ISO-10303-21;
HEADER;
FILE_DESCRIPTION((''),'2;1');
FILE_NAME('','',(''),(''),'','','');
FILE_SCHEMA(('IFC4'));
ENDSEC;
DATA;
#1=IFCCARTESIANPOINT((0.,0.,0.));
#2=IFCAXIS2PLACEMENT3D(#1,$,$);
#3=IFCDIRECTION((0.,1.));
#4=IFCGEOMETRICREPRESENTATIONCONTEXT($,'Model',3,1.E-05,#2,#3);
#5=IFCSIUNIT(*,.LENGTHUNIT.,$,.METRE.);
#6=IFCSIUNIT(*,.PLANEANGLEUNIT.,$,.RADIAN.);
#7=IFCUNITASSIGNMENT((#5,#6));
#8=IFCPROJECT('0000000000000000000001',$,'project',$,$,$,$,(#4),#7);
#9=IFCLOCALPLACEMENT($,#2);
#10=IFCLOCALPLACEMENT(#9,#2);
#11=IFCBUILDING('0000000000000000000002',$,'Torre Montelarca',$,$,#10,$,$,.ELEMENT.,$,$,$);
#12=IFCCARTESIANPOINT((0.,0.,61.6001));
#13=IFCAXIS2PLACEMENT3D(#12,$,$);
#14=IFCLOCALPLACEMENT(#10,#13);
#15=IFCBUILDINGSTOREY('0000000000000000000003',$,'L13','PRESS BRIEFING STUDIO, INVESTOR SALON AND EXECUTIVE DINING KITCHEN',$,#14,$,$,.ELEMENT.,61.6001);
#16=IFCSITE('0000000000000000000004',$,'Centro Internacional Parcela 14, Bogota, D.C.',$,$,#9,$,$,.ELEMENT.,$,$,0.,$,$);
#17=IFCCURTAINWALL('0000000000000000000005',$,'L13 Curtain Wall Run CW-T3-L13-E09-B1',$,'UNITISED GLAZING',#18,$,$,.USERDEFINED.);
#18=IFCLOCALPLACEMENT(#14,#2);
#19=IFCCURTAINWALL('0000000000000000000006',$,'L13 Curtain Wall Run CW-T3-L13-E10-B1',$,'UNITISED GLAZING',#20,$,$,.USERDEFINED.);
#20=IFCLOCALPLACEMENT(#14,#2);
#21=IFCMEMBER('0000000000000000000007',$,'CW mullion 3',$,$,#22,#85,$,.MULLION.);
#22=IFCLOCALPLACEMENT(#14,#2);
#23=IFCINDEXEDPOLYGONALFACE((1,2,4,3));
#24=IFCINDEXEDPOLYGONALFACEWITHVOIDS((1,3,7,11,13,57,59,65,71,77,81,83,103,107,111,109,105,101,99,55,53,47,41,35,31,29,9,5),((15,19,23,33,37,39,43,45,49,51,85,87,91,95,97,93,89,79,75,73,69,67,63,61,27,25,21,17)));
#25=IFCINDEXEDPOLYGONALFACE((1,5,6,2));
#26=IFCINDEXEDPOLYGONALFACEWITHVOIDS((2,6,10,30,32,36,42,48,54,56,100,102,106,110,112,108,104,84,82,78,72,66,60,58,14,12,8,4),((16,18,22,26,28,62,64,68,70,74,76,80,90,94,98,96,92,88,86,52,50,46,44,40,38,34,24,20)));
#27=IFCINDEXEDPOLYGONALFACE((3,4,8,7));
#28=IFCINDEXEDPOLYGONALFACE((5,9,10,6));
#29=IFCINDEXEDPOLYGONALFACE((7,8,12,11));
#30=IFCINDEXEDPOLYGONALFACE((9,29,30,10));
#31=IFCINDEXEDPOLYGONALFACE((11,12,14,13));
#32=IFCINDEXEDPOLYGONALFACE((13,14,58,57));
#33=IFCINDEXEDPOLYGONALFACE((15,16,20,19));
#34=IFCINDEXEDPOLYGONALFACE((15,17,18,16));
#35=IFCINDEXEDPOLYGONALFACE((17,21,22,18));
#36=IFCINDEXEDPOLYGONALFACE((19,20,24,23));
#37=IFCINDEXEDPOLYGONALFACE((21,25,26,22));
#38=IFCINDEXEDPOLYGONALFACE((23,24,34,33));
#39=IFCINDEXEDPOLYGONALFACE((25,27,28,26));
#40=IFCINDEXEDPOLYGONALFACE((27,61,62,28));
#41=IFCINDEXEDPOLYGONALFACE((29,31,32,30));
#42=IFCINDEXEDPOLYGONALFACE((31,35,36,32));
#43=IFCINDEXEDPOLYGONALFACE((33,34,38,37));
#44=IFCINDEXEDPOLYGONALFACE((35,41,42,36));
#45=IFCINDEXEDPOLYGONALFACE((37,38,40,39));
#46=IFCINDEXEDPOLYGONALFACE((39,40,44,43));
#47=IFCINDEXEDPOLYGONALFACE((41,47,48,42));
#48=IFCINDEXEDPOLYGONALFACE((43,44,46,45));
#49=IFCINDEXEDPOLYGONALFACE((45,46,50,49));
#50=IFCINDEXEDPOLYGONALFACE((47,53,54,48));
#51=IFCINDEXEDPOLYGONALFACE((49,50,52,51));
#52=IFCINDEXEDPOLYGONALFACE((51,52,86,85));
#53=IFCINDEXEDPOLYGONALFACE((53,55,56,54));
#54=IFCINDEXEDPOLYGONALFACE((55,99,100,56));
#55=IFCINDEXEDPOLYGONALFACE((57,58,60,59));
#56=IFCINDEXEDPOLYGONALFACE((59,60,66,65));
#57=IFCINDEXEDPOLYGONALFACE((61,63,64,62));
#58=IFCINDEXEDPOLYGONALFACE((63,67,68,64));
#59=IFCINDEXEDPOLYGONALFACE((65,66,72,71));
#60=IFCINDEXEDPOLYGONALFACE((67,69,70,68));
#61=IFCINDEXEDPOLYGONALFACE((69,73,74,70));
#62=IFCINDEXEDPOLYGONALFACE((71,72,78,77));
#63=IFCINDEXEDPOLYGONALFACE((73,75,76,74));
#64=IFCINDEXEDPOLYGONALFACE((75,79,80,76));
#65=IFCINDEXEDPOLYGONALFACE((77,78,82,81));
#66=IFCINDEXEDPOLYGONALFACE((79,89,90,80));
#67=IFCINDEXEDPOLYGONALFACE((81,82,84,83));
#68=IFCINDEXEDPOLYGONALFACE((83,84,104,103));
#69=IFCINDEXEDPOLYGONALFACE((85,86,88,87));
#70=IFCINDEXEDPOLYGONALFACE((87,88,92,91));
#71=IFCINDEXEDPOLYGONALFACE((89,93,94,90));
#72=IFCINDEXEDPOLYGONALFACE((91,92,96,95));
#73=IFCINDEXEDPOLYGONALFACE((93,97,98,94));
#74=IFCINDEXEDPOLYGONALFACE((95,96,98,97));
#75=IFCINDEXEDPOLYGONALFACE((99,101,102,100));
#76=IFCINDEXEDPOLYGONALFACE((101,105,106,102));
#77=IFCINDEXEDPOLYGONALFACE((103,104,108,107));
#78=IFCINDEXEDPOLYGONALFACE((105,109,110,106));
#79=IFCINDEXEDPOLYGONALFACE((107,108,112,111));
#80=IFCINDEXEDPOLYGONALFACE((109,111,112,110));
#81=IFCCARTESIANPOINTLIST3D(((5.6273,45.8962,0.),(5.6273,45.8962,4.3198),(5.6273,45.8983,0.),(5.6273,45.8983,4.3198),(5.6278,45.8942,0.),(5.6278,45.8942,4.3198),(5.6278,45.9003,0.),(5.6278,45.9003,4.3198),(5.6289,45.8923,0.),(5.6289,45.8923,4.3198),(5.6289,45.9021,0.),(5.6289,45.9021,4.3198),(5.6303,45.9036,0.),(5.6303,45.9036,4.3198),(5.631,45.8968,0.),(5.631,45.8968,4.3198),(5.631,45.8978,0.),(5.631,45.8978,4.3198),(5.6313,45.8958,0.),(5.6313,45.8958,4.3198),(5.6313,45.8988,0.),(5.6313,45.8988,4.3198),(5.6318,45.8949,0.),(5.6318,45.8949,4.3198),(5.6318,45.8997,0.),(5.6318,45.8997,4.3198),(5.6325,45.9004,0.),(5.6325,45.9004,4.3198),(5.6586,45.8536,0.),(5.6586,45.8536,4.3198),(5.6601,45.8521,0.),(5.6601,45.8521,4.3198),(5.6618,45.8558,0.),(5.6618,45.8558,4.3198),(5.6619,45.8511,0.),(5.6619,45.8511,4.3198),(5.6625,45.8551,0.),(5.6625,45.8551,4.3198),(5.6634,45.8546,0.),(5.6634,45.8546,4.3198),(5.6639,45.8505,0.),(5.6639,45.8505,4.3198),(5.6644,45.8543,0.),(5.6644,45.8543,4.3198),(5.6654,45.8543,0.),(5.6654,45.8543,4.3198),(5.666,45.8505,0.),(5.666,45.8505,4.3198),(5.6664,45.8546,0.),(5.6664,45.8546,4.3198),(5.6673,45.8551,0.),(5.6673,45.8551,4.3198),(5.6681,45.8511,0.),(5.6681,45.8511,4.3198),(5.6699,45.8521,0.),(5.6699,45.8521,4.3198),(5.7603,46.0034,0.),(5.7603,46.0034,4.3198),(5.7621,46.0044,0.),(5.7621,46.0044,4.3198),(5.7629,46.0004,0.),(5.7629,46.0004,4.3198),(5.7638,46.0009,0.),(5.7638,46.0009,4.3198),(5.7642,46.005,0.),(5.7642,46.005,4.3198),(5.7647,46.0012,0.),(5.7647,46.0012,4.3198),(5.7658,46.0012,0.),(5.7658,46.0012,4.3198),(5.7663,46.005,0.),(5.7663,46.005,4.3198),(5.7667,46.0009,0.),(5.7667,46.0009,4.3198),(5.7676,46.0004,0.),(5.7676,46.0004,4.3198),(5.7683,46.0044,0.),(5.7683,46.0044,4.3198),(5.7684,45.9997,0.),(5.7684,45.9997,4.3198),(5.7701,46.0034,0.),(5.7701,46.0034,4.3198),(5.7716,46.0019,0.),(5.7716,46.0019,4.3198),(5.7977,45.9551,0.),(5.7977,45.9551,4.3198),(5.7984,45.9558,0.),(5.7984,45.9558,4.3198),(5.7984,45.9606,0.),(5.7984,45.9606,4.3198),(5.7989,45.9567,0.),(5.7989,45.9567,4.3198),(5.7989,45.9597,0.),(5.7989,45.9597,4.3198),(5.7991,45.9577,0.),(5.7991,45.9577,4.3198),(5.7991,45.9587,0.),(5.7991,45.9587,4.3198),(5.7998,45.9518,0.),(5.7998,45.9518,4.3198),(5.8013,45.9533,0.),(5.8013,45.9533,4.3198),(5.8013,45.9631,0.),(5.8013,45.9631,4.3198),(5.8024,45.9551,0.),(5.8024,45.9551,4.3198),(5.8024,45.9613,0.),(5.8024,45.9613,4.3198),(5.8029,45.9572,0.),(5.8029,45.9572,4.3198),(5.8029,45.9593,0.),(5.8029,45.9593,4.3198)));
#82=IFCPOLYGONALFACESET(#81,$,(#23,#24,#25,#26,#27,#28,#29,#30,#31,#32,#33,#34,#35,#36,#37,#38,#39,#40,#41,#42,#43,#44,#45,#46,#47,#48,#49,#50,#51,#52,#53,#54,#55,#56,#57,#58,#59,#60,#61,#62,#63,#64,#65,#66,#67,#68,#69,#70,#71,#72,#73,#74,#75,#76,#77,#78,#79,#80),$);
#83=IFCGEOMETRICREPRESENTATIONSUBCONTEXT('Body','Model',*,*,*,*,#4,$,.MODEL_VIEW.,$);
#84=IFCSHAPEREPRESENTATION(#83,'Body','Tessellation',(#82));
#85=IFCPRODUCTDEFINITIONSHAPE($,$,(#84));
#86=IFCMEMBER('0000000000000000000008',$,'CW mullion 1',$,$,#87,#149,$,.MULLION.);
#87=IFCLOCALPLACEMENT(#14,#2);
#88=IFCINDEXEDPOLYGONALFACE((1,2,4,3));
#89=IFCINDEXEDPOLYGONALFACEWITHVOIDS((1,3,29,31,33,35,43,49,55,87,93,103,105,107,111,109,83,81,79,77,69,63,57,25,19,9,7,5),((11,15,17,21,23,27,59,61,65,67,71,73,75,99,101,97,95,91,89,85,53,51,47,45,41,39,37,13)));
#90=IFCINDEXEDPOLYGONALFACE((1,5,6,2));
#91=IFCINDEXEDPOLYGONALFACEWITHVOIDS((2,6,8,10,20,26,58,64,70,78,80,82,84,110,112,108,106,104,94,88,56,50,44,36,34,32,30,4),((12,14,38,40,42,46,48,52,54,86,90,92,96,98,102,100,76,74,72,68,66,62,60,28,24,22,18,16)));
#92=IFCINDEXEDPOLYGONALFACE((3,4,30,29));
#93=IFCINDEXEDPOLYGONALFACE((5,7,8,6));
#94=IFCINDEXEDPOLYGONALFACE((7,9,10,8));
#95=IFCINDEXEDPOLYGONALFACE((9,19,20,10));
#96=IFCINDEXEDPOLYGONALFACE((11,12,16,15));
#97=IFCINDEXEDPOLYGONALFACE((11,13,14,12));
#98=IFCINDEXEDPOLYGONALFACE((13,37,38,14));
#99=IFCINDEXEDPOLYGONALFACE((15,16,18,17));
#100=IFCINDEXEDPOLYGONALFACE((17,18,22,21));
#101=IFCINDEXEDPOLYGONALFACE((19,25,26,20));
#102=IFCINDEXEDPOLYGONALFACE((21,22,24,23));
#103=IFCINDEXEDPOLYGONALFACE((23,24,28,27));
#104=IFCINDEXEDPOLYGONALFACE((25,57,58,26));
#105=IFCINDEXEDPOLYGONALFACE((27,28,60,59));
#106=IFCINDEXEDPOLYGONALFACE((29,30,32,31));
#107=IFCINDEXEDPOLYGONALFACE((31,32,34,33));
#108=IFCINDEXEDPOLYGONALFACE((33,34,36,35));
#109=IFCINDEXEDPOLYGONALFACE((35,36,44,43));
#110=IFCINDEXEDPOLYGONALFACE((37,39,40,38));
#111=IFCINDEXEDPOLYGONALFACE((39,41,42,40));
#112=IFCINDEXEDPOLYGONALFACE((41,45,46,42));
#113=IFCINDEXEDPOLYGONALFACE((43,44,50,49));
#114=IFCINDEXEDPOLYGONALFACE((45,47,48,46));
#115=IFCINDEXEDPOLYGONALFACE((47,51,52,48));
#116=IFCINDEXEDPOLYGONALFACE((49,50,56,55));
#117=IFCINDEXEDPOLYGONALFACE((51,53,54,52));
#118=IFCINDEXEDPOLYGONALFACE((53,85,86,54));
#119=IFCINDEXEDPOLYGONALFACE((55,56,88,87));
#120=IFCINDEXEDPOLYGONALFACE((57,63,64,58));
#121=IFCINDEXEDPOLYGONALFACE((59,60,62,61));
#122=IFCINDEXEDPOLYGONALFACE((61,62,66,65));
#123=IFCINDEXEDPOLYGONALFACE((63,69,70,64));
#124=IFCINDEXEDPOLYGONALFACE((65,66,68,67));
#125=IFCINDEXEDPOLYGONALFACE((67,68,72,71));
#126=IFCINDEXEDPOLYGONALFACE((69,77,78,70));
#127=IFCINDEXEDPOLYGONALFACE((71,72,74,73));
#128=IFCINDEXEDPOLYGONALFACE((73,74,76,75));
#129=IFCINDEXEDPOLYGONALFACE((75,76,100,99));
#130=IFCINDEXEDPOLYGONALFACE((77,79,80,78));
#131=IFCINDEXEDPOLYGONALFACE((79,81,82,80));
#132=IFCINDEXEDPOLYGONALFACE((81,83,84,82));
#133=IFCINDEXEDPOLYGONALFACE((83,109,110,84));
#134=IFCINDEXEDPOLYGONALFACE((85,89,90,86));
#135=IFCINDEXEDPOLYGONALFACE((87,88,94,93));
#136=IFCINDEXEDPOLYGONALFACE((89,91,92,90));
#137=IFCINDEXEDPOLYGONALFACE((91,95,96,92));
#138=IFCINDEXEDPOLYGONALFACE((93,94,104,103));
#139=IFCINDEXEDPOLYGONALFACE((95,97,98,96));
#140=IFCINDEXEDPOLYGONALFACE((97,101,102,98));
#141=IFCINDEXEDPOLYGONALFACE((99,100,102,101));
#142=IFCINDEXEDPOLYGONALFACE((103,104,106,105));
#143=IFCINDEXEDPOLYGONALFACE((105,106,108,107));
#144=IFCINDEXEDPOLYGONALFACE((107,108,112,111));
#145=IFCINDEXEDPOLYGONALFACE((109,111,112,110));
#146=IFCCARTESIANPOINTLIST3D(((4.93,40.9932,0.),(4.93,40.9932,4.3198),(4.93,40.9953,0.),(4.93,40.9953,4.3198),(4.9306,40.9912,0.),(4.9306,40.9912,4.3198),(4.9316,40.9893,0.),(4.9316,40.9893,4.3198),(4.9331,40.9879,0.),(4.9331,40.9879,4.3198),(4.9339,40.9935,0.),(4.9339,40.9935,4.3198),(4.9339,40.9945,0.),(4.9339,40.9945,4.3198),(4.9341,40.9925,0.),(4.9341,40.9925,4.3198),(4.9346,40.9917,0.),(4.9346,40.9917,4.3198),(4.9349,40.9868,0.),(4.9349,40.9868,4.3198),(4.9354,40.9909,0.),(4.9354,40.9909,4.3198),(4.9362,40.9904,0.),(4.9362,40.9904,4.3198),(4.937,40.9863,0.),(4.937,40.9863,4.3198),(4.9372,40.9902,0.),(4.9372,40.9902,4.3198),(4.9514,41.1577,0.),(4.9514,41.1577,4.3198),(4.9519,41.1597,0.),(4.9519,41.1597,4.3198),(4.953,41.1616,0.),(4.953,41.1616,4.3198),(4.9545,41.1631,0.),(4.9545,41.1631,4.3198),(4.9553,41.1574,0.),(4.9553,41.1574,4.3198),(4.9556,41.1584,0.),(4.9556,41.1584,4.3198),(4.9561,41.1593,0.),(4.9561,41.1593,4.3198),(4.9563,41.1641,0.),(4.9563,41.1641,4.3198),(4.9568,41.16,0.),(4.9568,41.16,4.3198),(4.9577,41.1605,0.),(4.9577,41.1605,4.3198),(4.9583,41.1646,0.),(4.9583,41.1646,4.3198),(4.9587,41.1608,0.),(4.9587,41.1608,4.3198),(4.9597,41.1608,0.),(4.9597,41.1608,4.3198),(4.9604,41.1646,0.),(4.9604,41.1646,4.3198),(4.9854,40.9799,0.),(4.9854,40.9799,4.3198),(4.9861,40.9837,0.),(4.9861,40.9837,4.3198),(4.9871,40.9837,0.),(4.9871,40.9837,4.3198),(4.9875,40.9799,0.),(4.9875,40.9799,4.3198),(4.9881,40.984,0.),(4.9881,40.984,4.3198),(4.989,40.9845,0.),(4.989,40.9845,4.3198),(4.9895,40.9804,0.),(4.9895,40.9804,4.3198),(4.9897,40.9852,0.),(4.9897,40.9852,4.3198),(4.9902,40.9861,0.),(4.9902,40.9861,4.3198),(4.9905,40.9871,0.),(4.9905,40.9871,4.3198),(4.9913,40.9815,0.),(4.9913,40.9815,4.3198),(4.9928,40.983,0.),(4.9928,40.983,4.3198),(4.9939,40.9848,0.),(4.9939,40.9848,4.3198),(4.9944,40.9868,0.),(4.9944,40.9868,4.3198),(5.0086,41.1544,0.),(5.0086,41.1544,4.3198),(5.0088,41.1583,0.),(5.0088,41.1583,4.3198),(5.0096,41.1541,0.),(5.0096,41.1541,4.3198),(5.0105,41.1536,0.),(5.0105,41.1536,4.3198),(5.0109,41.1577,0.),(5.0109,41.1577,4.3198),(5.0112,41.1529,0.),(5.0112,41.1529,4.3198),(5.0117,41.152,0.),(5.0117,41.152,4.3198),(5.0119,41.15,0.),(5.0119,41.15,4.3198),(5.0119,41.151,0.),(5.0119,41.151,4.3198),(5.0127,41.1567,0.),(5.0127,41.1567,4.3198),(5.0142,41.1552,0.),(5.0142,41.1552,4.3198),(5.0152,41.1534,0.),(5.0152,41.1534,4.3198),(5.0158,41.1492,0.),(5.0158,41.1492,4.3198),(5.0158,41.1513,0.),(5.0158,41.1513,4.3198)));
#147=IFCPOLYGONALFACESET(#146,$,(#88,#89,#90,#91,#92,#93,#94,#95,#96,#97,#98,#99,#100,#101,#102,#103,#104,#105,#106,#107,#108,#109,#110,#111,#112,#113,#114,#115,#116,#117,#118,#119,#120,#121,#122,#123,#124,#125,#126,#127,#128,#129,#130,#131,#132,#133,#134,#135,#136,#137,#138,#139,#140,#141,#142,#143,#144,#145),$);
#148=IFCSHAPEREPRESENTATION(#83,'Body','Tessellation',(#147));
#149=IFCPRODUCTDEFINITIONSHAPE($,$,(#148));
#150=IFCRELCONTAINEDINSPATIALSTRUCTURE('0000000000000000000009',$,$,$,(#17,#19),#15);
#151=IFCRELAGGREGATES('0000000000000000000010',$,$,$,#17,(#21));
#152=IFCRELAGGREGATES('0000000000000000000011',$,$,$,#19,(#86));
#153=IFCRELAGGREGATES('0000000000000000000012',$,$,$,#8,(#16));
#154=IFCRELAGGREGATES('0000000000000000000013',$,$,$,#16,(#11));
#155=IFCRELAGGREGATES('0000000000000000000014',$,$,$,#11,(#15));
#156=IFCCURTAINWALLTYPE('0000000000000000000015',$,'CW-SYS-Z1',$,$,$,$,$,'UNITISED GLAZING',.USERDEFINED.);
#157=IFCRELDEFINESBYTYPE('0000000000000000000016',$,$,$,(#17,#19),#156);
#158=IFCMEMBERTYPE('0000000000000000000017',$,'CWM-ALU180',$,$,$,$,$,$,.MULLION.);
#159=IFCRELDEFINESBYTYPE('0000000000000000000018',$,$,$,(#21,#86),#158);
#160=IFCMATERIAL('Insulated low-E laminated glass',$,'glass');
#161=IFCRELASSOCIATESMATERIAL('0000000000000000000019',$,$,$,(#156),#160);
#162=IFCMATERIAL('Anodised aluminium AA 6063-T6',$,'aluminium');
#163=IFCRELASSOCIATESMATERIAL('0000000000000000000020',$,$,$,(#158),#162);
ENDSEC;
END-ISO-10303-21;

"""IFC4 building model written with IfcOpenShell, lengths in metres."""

from ifc_helpers import new_model, si_unit, direction, frame, origin, origin_2d, place, context, subcontext, project, spatial, hollow_rectangle, extrude, source, transform, mapped, material, material_profile, profile_set, type_object, element, aggregate, save


model = new_model("IFC4")

# Units and contexts
model_context = context("Model", 3, precision=1e-05, world=origin(), true_north=direction((0.0, 1.0)))
body_context = subcontext(model_context, "Body", "Model", "MODEL_VIEW")
ifc_project = project(units=[si_unit("LENGTHUNIT", "METRE"), si_unit("PLANEANGLEUNIT", "RADIAN")], contexts=[model_context])

# Site, building, storey
site_placement = place(None, origin())
site = spatial("IfcSite", under=ifc_project, at=site_placement, Name="Centro Internacional Parcela 14, Bogota, D.C.", CompositionType="ELEMENT", RefElevation=0.0)
building_placement = place(site_placement, origin())
building = spatial("IfcBuilding", under=site, at=building_placement, Name="Torre Montelarca", CompositionType="ELEMENT")
storey_placement = place(building_placement, frame((0.0, 0.0, 61.6001)))
storey = spatial("IfcBuildingStorey", under=building, at=storey_placement, Name="L13", Description="PRESS BRIEFING STUDIO, INVESTOR SALON AND EXECUTIVE DINING KITCHEN", CompositionType="ELEMENT", Elevation=61.6001)

# Curtain walls
ifc_material_1 = material(Name="Insulated low-E laminated glass", Category="glass")
curtain_wall_type = type_object("IfcCurtainWallType", Name="CW-SYS-Z1", ElementType="UNITISED GLAZING", PredefinedType="USERDEFINED", material=ifc_material_1)
curtain_wall_1_placement = place(storey_placement, origin())
curtain_wall_1 = element("IfcCurtainWall", 1, at=curtain_wall_1_placement, inside=storey, type_object=curtain_wall_type, Name="L13 Curtain Wall Run CW-T3-L13-E09-B1", ObjectType="UNITISED GLAZING", PredefinedType="USERDEFINED")
ifc_material_2 = material(Name="Anodised aluminium AA 6063-T6", Category="aluminium")
curtain_wall_2_placement = place(storey_placement, origin())
curtain_wall_2 = element("IfcCurtainWall", 2, at=curtain_wall_2_placement, inside=storey, type_object=curtain_wall_type, Name="L13 Curtain Wall Run CW-T3-L13-E10-B1", ObjectType="UNITISED GLAZING", PredefinedType="USERDEFINED")

# Members
ifc_material_profile_1 = material_profile(ifc_material_2, hollow_rectangle(XDim=0.0649, YDim=0.1799, WallThickness=0.0039, InnerFilletRadius=0.0039, OuterFilletRadius=0.0081, at=origin_2d()), Name="ALU65X180X4", Category="aluminium")
ifc_profile_set_1 = profile_set([ifc_material_profile_1], Name="Anodised aluminium AA 6063-T6")
member_type_1 = type_object("IfcMemberType", Name="CWM-ALU180", PredefinedType="MULLION", material=ifc_profile_set_1)
shared_shape_1 = source(origin(), body_context, "Body", "SweptSolid", [
    extrude(hollow_rectangle(XDim=0.0649, YDim=0.1799, WallThickness=0.0039, InnerFilletRadius=0.0039, OuterFilletRadius=0.0081, at=origin_2d()), origin(), (0.0, 0.0, 1.0), 4.3198),
])
member_1_placement = place(storey_placement, frame((5.7151, 45.9277, 0.0), z_axis=(0.0, 0.0, 1.0), x_axis=(0.608764, -0.793351, 0.0)))
member_1 = element("IfcMember", 3, at=member_1_placement, type_object=member_type_1, Name="CW mullion 3", PredefinedType="MULLION", context=body_context, shape_type="MappedRepresentation", body=[
    mapped(shared_shape_1, transform((0.0, 0.0, 0.0), scale=1.0)),
])
member_2_placement = place(storey_placement, frame((4.9729, 41.0723, 0.0), z_axis=(0.0, 0.0, 1.0), x_axis=(0.991443, -0.130542, 0.0)))
member_2 = element("IfcMember", 4, at=member_2_placement, type_object=member_type_1, Name="CW mullion 1", PredefinedType="MULLION", context=body_context, shape_type="MappedRepresentation", body=[
    mapped(shared_shape_1, transform((0.0, 0.0, 0.0), scale=1.0)),
])

aggregate(curtain_wall_1, [member_1])
aggregate(curtain_wall_2, [member_2])

save(model, "model.ifc")
